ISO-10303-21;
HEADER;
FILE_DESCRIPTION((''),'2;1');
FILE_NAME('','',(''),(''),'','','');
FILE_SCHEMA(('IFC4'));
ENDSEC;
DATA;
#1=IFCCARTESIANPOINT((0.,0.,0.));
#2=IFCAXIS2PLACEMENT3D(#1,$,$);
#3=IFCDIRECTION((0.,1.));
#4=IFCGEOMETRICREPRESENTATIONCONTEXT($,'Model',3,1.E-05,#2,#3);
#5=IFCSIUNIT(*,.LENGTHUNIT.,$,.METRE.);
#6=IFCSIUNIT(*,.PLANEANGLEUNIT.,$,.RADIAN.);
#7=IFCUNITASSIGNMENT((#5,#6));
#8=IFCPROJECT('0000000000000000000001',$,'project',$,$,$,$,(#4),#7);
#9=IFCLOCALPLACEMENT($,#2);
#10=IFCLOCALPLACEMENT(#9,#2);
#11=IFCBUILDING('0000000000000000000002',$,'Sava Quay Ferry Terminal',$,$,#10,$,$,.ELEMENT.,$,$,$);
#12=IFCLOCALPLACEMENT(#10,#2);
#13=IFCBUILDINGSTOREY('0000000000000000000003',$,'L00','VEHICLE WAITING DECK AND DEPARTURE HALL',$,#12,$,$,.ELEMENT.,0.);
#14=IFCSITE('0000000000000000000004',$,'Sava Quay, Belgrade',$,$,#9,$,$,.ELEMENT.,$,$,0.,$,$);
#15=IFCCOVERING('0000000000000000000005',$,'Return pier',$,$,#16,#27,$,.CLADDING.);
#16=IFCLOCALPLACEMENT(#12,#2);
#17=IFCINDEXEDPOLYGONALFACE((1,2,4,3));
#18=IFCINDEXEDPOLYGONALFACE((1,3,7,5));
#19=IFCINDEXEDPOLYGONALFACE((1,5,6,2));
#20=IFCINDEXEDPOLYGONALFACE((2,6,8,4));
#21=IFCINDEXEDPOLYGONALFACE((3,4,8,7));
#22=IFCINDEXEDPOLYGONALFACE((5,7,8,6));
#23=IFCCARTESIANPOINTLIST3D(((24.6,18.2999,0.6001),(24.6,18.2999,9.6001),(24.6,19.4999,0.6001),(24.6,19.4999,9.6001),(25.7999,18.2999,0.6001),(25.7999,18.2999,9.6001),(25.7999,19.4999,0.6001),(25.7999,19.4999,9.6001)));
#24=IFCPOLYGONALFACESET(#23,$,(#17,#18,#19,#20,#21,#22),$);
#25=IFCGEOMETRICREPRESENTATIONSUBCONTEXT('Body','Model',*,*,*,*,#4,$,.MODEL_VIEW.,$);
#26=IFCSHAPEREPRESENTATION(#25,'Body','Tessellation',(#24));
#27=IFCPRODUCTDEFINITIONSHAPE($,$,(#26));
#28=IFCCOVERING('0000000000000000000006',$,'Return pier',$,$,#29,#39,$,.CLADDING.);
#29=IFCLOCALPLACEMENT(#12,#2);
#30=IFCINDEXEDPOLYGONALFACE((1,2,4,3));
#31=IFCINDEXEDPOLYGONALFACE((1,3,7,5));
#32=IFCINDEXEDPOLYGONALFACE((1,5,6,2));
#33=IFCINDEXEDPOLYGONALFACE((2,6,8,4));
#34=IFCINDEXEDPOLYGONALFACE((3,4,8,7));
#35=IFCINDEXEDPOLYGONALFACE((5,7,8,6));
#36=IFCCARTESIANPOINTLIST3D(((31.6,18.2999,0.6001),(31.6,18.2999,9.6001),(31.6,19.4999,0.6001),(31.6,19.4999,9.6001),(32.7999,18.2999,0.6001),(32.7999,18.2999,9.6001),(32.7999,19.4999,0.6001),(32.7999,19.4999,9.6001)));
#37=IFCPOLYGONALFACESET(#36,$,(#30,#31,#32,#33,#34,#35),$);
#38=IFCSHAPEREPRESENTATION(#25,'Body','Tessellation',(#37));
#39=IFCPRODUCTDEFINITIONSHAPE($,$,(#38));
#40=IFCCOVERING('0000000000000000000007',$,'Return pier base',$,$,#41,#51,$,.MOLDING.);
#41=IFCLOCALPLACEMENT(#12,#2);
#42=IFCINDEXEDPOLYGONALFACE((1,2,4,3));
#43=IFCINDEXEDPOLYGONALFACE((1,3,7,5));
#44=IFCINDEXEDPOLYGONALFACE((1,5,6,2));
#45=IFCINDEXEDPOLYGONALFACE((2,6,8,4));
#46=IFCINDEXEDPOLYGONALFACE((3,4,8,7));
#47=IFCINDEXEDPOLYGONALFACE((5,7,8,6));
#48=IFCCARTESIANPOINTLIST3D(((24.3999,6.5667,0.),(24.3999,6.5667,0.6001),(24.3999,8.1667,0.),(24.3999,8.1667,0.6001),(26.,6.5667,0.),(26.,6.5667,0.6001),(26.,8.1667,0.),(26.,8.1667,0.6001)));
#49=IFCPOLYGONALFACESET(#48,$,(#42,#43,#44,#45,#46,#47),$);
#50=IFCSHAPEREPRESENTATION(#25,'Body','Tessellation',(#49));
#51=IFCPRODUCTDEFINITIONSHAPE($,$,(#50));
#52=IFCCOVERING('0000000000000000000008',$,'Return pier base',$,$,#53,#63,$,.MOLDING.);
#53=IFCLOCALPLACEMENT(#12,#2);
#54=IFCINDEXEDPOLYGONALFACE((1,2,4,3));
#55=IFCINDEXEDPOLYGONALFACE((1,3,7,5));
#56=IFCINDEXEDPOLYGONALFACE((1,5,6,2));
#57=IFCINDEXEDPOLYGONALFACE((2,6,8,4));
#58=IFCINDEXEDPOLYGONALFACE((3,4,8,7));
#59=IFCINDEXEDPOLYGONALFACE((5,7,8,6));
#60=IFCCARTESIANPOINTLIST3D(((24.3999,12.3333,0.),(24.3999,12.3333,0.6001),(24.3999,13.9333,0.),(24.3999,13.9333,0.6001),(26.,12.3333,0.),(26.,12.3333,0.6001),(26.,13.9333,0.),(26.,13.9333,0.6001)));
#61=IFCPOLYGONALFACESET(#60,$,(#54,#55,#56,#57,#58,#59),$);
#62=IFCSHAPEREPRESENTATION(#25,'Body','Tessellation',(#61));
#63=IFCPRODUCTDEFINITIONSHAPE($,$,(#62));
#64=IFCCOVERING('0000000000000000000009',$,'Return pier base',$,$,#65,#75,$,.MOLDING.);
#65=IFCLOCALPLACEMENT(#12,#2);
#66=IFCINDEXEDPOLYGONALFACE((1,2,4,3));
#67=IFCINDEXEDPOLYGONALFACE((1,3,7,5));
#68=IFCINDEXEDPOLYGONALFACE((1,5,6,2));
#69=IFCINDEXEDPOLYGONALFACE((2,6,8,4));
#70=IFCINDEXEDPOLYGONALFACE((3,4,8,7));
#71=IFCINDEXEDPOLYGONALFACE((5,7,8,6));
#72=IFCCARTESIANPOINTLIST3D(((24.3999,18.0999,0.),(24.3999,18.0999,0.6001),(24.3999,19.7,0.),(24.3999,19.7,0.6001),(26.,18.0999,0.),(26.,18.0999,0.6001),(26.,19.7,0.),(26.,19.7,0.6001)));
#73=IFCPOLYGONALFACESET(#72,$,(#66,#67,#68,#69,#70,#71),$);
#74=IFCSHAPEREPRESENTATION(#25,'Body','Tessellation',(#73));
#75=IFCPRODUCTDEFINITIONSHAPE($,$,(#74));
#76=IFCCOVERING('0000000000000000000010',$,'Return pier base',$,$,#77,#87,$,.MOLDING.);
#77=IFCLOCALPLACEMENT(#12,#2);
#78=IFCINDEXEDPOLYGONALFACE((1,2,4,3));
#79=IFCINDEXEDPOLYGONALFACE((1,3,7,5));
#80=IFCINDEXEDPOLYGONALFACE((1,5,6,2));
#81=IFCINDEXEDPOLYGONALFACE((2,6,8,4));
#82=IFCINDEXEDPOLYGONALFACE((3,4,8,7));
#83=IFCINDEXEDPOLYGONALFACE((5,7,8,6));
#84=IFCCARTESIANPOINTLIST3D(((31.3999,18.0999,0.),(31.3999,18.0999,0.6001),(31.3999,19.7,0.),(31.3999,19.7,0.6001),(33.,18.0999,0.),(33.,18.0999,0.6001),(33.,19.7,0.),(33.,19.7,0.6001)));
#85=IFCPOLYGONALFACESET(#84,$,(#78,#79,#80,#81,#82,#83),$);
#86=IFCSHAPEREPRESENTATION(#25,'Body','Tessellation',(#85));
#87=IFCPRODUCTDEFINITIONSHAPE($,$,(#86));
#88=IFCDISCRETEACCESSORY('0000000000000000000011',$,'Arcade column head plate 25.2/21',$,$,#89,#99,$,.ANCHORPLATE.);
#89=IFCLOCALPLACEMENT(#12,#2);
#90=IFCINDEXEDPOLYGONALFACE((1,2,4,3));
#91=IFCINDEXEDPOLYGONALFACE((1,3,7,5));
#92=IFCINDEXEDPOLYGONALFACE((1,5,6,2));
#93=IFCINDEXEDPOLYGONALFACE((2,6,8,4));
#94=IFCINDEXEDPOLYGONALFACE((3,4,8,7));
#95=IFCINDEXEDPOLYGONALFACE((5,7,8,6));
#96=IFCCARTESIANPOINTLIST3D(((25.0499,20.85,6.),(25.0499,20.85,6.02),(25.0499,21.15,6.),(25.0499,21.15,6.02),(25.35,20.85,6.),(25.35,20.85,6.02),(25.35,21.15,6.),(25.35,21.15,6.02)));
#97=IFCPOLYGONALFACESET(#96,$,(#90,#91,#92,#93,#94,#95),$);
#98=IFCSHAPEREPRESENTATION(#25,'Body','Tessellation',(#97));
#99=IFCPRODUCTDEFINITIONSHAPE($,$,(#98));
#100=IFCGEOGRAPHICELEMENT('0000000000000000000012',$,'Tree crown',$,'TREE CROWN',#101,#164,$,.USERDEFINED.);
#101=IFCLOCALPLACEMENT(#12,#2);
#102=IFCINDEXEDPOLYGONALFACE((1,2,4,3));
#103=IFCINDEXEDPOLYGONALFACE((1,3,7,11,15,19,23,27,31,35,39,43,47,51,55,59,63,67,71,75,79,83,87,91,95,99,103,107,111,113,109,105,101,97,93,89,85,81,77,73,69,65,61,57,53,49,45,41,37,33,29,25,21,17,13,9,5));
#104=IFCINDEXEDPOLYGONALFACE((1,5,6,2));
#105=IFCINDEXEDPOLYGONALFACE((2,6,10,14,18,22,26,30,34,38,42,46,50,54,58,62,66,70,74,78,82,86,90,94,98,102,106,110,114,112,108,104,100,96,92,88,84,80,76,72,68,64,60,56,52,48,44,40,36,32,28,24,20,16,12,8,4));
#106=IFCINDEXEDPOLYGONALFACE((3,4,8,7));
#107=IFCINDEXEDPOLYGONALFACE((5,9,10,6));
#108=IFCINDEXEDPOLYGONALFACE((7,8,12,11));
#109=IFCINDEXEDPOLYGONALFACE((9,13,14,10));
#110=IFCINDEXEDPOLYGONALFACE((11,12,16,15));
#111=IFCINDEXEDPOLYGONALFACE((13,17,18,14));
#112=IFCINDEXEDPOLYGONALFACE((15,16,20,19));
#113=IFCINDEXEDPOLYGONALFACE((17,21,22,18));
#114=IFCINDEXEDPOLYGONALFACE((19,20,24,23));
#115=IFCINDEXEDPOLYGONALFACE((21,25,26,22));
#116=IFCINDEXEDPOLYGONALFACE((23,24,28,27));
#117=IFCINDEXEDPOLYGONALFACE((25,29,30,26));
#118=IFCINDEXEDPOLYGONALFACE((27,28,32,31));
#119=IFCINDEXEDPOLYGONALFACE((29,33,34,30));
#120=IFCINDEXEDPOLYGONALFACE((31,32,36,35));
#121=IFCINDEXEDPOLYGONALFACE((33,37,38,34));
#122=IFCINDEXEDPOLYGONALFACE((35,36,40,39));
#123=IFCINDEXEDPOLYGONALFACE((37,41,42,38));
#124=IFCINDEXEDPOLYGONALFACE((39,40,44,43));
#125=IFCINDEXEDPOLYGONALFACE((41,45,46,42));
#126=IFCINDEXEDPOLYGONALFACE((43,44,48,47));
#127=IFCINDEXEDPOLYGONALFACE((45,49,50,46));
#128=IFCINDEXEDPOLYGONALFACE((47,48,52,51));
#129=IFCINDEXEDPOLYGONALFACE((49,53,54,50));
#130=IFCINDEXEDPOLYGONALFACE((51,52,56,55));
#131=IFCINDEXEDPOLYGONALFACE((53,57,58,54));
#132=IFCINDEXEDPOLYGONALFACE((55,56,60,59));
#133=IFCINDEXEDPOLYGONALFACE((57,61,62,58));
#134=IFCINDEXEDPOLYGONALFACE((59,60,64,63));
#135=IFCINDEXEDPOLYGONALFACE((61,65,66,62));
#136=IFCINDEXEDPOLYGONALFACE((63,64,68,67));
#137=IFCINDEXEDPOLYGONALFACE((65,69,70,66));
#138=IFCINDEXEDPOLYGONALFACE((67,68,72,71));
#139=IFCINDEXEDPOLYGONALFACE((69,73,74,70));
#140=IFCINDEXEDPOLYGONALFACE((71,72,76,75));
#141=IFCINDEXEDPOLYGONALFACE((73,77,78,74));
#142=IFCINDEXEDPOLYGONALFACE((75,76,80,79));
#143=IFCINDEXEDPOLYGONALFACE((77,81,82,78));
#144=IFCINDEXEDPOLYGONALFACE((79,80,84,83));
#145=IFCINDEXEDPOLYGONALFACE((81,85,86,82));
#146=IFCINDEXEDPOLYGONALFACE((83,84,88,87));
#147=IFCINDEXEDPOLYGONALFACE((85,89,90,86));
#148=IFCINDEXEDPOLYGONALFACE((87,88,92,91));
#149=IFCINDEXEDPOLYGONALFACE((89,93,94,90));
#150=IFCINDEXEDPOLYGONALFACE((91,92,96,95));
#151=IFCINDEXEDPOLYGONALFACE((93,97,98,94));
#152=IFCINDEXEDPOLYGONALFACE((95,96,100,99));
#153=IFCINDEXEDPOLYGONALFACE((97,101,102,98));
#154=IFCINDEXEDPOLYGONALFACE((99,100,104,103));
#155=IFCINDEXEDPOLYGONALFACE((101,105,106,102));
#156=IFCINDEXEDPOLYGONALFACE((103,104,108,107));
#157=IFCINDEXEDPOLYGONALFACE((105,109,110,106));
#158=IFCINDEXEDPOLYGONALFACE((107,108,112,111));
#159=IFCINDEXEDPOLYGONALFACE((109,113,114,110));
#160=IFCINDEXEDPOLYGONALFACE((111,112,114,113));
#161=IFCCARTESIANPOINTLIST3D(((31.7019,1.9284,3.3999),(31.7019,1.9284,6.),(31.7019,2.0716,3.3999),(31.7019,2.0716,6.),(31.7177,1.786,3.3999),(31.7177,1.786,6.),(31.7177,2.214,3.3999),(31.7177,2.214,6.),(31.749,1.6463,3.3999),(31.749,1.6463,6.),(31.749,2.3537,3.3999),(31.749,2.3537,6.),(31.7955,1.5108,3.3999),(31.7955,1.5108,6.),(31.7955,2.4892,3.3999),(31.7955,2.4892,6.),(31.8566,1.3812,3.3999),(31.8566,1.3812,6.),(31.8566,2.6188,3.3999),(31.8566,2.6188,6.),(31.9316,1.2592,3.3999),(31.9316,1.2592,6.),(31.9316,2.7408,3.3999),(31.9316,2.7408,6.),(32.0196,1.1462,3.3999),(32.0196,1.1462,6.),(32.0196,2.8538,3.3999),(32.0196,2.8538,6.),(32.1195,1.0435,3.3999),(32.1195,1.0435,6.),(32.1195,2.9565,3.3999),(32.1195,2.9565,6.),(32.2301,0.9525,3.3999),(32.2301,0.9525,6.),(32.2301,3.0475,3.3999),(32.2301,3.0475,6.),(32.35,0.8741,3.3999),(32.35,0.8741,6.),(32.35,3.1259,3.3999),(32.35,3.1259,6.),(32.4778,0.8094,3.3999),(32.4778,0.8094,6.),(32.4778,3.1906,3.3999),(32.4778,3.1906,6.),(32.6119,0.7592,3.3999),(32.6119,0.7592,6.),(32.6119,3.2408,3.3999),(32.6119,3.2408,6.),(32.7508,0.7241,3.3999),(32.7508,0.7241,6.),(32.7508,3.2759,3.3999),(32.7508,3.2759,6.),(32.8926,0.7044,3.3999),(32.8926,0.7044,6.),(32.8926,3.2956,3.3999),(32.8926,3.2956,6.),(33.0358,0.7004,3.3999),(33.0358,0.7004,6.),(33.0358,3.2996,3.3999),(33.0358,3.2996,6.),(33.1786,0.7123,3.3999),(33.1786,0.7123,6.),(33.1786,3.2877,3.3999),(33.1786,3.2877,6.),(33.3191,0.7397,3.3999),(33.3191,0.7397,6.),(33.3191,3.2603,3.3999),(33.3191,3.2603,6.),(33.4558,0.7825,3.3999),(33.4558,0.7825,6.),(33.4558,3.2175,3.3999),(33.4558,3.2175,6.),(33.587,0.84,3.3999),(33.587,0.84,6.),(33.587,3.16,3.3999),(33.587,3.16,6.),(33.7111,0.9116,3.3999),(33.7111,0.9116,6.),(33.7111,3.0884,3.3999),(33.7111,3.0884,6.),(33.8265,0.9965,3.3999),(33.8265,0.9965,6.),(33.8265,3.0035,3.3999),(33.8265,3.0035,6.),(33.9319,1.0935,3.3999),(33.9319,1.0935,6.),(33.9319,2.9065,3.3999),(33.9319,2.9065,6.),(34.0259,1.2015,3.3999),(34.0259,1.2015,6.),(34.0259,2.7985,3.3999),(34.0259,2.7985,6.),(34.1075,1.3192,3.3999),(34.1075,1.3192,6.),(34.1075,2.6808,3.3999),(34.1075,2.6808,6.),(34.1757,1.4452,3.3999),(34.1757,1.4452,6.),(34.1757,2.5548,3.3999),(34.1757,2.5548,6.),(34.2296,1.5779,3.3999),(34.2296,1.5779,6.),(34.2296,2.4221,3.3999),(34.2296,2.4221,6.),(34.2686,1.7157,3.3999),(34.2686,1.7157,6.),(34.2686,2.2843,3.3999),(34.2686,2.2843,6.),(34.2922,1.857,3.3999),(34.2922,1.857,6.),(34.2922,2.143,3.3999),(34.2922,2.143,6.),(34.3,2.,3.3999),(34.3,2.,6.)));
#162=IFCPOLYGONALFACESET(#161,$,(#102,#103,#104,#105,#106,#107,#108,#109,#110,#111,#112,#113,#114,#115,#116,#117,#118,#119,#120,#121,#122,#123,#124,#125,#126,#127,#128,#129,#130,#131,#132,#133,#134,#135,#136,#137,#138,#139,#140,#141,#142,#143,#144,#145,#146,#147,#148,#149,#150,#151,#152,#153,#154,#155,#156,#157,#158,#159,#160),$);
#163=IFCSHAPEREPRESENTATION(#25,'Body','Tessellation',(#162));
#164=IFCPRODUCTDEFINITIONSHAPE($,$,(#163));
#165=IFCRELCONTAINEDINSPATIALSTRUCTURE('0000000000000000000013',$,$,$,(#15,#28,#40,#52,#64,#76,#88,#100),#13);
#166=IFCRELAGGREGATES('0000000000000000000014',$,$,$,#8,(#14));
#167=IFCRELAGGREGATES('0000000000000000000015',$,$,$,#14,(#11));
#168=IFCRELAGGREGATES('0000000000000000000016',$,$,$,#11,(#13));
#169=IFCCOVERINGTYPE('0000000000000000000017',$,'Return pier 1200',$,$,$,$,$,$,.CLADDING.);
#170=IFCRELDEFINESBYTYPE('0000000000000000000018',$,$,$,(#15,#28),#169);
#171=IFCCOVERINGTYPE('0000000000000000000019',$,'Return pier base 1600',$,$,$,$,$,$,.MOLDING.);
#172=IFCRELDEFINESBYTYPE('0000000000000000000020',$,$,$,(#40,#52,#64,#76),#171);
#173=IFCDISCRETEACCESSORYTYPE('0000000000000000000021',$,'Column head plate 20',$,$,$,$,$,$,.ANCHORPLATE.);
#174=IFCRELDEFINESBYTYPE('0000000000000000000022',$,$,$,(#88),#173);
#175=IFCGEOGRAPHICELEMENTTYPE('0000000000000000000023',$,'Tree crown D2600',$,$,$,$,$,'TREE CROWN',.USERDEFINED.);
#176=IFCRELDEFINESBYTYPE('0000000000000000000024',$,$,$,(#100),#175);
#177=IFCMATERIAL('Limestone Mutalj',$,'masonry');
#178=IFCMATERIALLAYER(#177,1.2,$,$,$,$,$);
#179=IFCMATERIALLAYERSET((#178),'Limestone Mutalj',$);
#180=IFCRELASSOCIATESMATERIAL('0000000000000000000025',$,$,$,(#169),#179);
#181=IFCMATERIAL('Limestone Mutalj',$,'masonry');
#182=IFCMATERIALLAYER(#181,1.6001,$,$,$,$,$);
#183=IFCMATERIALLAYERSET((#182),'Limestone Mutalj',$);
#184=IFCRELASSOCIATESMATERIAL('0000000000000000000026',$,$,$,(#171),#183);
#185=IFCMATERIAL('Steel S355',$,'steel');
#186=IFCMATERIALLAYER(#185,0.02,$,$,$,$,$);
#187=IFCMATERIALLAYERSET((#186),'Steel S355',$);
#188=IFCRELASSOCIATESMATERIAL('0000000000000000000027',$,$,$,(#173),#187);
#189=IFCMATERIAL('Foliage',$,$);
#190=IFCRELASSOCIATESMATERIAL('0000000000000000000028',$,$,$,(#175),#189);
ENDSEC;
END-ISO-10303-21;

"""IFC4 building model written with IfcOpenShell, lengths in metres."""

from ifc_helpers import new_model, si_unit, direction, frame, origin, origin_2d, place, context, subcontext, project, spatial, rectangle, circle, extrude, material, layer, layer_set, type_object, element, save


model = new_model("IFC4")

# Units and contexts
model_context = context("Model", 3, precision=1e-05, world=origin(), true_north=direction((0.0, 1.0)))
body_context = subcontext(model_context, "Body", "Model", "MODEL_VIEW")
ifc_project = project(units=[si_unit("LENGTHUNIT", "METRE"), si_unit("PLANEANGLEUNIT", "RADIAN")], contexts=[model_context])

# Site, building, storey
site_placement = place(None, origin())
site = spatial("IfcSite", under=ifc_project, at=site_placement, Name="Sava Quay, Belgrade", CompositionType="ELEMENT", RefElevation=0.0)
building_placement = place(site_placement, origin())
building = spatial("IfcBuilding", under=site, at=building_placement, Name="Sava Quay Ferry Terminal", CompositionType="ELEMENT")
storey_placement = place(building_placement, origin())
storey = spatial("IfcBuildingStorey", under=building, at=storey_placement, Name="L00", Description="VEHICLE WAITING DECK AND DEPARTURE HALL", CompositionType="ELEMENT", Elevation=0.0)

# Coverings
ifc_material_1 = material(Name="Limestone Mutalj", Category="masonry")
ifc_layer_1 = layer(ifc_material_1, 1.2)
ifc_layer_set_1 = layer_set([ifc_layer_1], Name="Limestone Mutalj")
covering_type_1 = type_object("IfcCoveringType", Name="Return pier 1200", PredefinedType="CLADDING", material=ifc_layer_set_1)
for number, where, z_axis, x_axis, name in (
    (1, (25.2, 18.8999, 0.6001), (0.0, 0.0, 1.0), (1.0, 0.0, 0.0), "Return pier"),
    (2, (32.2, 18.8999, 0.6001), (0.0, 0.0, 1.0), (1.0, 0.0, 0.0), "Return pier"),
):
    element("IfcCovering", number, at=place(storey_placement, frame(where, z_axis=z_axis, x_axis=x_axis)), inside=storey, type_object=covering_type_1, Name=name, PredefinedType="CLADDING", context=body_context, shape_type="SweptSolid", body=[
        extrude(rectangle(XDim=1.2, YDim=1.2, at=origin_2d()), origin(), (0.0, 0.0, 1.0), 9.0),
    ])
ifc_material_2 = material(Name="Limestone Mutalj", Category="masonry")
ifc_layer_2 = layer(ifc_material_2, 1.6001)
ifc_layer_set_2 = layer_set([ifc_layer_2], Name="Limestone Mutalj")
covering_type_2 = type_object("IfcCoveringType", Name="Return pier base 1600", PredefinedType="MOLDING", material=ifc_layer_set_2)
for number, where, z_axis, x_axis, name in (
    (3, (25.2, 7.3667, 0.0), (0.0, 0.0, 1.0), (1.0, 0.0, 0.0), "Return pier base"),
    (4, (25.2, 13.1333, 0.0), (0.0, 0.0, 1.0), (1.0, 0.0, 0.0), "Return pier base"),
    (5, (25.2, 18.8999, 0.0), (0.0, 0.0, 1.0), (1.0, 0.0, 0.0), "Return pier base"),
    (6, (32.2, 18.8999, 0.0), (0.0, 0.0, 1.0), (1.0, 0.0, 0.0), "Return pier base"),
):
    element("IfcCovering", number, at=place(storey_placement, frame(where, z_axis=z_axis, x_axis=x_axis)), inside=storey, type_object=covering_type_2, Name=name, PredefinedType="MOLDING", context=body_context, shape_type="SweptSolid", body=[
        extrude(rectangle(XDim=1.6001, YDim=1.6001, at=origin_2d()), origin(), (0.0, 0.0, 1.0), 0.6001),
    ])

# Discrete accessory
ifc_material_3 = material(Name="Steel S355", Category="steel")
ifc_layer_3 = layer(ifc_material_3, 0.02)
ifc_layer_set_3 = layer_set([ifc_layer_3], Name="Steel S355")
discrete_accessory_type = type_object("IfcDiscreteAccessoryType", Name="Column head plate 20", PredefinedType="ANCHORPLATE", material=ifc_layer_set_3)
discrete_accessory_placement = place(storey_placement, frame((25.2, 21.0, 6.0), z_axis=(0.0, 0.0, 1.0), x_axis=(1.0, 0.0, 0.0)))
element("IfcDiscreteAccessory", 7, at=discrete_accessory_placement, inside=storey, type_object=discrete_accessory_type, Name="Arcade column head plate 25.2/21", PredefinedType="ANCHORPLATE", context=body_context, shape_type="SweptSolid", body=[
    extrude(rectangle(XDim=0.3, YDim=0.3, at=origin_2d()), origin(), (0.0, 0.0, 1.0), 0.02),
])

# Geographic element
ifc_material_4 = material(Name="Foliage")
geographic_element_type_1 = type_object("IfcGeographicElementType", Name="Tree crown D2600", ElementType="TREE CROWN", PredefinedType="USERDEFINED", material=ifc_material_4)
for number, where, z_axis, x_axis, name in (
    (8, (33.0, 2.0, 6.0), (0.0, 0.0, -1.0), (1.0, 0.0, 0.0), "Tree crown"),
):
    element("IfcGeographicElement", number, at=place(storey_placement, frame(where, z_axis=z_axis, x_axis=x_axis)), inside=storey, type_object=geographic_element_type_1, Name=name, ObjectType="TREE CROWN", PredefinedType="USERDEFINED", context=body_context, shape_type="SweptSolid", body=[
        extrude(circle(Radius=1.3, at=origin_2d()), origin(), (0.0, 0.0, 1.0), 2.6001),
    ])

save(model, "model.ifc")
